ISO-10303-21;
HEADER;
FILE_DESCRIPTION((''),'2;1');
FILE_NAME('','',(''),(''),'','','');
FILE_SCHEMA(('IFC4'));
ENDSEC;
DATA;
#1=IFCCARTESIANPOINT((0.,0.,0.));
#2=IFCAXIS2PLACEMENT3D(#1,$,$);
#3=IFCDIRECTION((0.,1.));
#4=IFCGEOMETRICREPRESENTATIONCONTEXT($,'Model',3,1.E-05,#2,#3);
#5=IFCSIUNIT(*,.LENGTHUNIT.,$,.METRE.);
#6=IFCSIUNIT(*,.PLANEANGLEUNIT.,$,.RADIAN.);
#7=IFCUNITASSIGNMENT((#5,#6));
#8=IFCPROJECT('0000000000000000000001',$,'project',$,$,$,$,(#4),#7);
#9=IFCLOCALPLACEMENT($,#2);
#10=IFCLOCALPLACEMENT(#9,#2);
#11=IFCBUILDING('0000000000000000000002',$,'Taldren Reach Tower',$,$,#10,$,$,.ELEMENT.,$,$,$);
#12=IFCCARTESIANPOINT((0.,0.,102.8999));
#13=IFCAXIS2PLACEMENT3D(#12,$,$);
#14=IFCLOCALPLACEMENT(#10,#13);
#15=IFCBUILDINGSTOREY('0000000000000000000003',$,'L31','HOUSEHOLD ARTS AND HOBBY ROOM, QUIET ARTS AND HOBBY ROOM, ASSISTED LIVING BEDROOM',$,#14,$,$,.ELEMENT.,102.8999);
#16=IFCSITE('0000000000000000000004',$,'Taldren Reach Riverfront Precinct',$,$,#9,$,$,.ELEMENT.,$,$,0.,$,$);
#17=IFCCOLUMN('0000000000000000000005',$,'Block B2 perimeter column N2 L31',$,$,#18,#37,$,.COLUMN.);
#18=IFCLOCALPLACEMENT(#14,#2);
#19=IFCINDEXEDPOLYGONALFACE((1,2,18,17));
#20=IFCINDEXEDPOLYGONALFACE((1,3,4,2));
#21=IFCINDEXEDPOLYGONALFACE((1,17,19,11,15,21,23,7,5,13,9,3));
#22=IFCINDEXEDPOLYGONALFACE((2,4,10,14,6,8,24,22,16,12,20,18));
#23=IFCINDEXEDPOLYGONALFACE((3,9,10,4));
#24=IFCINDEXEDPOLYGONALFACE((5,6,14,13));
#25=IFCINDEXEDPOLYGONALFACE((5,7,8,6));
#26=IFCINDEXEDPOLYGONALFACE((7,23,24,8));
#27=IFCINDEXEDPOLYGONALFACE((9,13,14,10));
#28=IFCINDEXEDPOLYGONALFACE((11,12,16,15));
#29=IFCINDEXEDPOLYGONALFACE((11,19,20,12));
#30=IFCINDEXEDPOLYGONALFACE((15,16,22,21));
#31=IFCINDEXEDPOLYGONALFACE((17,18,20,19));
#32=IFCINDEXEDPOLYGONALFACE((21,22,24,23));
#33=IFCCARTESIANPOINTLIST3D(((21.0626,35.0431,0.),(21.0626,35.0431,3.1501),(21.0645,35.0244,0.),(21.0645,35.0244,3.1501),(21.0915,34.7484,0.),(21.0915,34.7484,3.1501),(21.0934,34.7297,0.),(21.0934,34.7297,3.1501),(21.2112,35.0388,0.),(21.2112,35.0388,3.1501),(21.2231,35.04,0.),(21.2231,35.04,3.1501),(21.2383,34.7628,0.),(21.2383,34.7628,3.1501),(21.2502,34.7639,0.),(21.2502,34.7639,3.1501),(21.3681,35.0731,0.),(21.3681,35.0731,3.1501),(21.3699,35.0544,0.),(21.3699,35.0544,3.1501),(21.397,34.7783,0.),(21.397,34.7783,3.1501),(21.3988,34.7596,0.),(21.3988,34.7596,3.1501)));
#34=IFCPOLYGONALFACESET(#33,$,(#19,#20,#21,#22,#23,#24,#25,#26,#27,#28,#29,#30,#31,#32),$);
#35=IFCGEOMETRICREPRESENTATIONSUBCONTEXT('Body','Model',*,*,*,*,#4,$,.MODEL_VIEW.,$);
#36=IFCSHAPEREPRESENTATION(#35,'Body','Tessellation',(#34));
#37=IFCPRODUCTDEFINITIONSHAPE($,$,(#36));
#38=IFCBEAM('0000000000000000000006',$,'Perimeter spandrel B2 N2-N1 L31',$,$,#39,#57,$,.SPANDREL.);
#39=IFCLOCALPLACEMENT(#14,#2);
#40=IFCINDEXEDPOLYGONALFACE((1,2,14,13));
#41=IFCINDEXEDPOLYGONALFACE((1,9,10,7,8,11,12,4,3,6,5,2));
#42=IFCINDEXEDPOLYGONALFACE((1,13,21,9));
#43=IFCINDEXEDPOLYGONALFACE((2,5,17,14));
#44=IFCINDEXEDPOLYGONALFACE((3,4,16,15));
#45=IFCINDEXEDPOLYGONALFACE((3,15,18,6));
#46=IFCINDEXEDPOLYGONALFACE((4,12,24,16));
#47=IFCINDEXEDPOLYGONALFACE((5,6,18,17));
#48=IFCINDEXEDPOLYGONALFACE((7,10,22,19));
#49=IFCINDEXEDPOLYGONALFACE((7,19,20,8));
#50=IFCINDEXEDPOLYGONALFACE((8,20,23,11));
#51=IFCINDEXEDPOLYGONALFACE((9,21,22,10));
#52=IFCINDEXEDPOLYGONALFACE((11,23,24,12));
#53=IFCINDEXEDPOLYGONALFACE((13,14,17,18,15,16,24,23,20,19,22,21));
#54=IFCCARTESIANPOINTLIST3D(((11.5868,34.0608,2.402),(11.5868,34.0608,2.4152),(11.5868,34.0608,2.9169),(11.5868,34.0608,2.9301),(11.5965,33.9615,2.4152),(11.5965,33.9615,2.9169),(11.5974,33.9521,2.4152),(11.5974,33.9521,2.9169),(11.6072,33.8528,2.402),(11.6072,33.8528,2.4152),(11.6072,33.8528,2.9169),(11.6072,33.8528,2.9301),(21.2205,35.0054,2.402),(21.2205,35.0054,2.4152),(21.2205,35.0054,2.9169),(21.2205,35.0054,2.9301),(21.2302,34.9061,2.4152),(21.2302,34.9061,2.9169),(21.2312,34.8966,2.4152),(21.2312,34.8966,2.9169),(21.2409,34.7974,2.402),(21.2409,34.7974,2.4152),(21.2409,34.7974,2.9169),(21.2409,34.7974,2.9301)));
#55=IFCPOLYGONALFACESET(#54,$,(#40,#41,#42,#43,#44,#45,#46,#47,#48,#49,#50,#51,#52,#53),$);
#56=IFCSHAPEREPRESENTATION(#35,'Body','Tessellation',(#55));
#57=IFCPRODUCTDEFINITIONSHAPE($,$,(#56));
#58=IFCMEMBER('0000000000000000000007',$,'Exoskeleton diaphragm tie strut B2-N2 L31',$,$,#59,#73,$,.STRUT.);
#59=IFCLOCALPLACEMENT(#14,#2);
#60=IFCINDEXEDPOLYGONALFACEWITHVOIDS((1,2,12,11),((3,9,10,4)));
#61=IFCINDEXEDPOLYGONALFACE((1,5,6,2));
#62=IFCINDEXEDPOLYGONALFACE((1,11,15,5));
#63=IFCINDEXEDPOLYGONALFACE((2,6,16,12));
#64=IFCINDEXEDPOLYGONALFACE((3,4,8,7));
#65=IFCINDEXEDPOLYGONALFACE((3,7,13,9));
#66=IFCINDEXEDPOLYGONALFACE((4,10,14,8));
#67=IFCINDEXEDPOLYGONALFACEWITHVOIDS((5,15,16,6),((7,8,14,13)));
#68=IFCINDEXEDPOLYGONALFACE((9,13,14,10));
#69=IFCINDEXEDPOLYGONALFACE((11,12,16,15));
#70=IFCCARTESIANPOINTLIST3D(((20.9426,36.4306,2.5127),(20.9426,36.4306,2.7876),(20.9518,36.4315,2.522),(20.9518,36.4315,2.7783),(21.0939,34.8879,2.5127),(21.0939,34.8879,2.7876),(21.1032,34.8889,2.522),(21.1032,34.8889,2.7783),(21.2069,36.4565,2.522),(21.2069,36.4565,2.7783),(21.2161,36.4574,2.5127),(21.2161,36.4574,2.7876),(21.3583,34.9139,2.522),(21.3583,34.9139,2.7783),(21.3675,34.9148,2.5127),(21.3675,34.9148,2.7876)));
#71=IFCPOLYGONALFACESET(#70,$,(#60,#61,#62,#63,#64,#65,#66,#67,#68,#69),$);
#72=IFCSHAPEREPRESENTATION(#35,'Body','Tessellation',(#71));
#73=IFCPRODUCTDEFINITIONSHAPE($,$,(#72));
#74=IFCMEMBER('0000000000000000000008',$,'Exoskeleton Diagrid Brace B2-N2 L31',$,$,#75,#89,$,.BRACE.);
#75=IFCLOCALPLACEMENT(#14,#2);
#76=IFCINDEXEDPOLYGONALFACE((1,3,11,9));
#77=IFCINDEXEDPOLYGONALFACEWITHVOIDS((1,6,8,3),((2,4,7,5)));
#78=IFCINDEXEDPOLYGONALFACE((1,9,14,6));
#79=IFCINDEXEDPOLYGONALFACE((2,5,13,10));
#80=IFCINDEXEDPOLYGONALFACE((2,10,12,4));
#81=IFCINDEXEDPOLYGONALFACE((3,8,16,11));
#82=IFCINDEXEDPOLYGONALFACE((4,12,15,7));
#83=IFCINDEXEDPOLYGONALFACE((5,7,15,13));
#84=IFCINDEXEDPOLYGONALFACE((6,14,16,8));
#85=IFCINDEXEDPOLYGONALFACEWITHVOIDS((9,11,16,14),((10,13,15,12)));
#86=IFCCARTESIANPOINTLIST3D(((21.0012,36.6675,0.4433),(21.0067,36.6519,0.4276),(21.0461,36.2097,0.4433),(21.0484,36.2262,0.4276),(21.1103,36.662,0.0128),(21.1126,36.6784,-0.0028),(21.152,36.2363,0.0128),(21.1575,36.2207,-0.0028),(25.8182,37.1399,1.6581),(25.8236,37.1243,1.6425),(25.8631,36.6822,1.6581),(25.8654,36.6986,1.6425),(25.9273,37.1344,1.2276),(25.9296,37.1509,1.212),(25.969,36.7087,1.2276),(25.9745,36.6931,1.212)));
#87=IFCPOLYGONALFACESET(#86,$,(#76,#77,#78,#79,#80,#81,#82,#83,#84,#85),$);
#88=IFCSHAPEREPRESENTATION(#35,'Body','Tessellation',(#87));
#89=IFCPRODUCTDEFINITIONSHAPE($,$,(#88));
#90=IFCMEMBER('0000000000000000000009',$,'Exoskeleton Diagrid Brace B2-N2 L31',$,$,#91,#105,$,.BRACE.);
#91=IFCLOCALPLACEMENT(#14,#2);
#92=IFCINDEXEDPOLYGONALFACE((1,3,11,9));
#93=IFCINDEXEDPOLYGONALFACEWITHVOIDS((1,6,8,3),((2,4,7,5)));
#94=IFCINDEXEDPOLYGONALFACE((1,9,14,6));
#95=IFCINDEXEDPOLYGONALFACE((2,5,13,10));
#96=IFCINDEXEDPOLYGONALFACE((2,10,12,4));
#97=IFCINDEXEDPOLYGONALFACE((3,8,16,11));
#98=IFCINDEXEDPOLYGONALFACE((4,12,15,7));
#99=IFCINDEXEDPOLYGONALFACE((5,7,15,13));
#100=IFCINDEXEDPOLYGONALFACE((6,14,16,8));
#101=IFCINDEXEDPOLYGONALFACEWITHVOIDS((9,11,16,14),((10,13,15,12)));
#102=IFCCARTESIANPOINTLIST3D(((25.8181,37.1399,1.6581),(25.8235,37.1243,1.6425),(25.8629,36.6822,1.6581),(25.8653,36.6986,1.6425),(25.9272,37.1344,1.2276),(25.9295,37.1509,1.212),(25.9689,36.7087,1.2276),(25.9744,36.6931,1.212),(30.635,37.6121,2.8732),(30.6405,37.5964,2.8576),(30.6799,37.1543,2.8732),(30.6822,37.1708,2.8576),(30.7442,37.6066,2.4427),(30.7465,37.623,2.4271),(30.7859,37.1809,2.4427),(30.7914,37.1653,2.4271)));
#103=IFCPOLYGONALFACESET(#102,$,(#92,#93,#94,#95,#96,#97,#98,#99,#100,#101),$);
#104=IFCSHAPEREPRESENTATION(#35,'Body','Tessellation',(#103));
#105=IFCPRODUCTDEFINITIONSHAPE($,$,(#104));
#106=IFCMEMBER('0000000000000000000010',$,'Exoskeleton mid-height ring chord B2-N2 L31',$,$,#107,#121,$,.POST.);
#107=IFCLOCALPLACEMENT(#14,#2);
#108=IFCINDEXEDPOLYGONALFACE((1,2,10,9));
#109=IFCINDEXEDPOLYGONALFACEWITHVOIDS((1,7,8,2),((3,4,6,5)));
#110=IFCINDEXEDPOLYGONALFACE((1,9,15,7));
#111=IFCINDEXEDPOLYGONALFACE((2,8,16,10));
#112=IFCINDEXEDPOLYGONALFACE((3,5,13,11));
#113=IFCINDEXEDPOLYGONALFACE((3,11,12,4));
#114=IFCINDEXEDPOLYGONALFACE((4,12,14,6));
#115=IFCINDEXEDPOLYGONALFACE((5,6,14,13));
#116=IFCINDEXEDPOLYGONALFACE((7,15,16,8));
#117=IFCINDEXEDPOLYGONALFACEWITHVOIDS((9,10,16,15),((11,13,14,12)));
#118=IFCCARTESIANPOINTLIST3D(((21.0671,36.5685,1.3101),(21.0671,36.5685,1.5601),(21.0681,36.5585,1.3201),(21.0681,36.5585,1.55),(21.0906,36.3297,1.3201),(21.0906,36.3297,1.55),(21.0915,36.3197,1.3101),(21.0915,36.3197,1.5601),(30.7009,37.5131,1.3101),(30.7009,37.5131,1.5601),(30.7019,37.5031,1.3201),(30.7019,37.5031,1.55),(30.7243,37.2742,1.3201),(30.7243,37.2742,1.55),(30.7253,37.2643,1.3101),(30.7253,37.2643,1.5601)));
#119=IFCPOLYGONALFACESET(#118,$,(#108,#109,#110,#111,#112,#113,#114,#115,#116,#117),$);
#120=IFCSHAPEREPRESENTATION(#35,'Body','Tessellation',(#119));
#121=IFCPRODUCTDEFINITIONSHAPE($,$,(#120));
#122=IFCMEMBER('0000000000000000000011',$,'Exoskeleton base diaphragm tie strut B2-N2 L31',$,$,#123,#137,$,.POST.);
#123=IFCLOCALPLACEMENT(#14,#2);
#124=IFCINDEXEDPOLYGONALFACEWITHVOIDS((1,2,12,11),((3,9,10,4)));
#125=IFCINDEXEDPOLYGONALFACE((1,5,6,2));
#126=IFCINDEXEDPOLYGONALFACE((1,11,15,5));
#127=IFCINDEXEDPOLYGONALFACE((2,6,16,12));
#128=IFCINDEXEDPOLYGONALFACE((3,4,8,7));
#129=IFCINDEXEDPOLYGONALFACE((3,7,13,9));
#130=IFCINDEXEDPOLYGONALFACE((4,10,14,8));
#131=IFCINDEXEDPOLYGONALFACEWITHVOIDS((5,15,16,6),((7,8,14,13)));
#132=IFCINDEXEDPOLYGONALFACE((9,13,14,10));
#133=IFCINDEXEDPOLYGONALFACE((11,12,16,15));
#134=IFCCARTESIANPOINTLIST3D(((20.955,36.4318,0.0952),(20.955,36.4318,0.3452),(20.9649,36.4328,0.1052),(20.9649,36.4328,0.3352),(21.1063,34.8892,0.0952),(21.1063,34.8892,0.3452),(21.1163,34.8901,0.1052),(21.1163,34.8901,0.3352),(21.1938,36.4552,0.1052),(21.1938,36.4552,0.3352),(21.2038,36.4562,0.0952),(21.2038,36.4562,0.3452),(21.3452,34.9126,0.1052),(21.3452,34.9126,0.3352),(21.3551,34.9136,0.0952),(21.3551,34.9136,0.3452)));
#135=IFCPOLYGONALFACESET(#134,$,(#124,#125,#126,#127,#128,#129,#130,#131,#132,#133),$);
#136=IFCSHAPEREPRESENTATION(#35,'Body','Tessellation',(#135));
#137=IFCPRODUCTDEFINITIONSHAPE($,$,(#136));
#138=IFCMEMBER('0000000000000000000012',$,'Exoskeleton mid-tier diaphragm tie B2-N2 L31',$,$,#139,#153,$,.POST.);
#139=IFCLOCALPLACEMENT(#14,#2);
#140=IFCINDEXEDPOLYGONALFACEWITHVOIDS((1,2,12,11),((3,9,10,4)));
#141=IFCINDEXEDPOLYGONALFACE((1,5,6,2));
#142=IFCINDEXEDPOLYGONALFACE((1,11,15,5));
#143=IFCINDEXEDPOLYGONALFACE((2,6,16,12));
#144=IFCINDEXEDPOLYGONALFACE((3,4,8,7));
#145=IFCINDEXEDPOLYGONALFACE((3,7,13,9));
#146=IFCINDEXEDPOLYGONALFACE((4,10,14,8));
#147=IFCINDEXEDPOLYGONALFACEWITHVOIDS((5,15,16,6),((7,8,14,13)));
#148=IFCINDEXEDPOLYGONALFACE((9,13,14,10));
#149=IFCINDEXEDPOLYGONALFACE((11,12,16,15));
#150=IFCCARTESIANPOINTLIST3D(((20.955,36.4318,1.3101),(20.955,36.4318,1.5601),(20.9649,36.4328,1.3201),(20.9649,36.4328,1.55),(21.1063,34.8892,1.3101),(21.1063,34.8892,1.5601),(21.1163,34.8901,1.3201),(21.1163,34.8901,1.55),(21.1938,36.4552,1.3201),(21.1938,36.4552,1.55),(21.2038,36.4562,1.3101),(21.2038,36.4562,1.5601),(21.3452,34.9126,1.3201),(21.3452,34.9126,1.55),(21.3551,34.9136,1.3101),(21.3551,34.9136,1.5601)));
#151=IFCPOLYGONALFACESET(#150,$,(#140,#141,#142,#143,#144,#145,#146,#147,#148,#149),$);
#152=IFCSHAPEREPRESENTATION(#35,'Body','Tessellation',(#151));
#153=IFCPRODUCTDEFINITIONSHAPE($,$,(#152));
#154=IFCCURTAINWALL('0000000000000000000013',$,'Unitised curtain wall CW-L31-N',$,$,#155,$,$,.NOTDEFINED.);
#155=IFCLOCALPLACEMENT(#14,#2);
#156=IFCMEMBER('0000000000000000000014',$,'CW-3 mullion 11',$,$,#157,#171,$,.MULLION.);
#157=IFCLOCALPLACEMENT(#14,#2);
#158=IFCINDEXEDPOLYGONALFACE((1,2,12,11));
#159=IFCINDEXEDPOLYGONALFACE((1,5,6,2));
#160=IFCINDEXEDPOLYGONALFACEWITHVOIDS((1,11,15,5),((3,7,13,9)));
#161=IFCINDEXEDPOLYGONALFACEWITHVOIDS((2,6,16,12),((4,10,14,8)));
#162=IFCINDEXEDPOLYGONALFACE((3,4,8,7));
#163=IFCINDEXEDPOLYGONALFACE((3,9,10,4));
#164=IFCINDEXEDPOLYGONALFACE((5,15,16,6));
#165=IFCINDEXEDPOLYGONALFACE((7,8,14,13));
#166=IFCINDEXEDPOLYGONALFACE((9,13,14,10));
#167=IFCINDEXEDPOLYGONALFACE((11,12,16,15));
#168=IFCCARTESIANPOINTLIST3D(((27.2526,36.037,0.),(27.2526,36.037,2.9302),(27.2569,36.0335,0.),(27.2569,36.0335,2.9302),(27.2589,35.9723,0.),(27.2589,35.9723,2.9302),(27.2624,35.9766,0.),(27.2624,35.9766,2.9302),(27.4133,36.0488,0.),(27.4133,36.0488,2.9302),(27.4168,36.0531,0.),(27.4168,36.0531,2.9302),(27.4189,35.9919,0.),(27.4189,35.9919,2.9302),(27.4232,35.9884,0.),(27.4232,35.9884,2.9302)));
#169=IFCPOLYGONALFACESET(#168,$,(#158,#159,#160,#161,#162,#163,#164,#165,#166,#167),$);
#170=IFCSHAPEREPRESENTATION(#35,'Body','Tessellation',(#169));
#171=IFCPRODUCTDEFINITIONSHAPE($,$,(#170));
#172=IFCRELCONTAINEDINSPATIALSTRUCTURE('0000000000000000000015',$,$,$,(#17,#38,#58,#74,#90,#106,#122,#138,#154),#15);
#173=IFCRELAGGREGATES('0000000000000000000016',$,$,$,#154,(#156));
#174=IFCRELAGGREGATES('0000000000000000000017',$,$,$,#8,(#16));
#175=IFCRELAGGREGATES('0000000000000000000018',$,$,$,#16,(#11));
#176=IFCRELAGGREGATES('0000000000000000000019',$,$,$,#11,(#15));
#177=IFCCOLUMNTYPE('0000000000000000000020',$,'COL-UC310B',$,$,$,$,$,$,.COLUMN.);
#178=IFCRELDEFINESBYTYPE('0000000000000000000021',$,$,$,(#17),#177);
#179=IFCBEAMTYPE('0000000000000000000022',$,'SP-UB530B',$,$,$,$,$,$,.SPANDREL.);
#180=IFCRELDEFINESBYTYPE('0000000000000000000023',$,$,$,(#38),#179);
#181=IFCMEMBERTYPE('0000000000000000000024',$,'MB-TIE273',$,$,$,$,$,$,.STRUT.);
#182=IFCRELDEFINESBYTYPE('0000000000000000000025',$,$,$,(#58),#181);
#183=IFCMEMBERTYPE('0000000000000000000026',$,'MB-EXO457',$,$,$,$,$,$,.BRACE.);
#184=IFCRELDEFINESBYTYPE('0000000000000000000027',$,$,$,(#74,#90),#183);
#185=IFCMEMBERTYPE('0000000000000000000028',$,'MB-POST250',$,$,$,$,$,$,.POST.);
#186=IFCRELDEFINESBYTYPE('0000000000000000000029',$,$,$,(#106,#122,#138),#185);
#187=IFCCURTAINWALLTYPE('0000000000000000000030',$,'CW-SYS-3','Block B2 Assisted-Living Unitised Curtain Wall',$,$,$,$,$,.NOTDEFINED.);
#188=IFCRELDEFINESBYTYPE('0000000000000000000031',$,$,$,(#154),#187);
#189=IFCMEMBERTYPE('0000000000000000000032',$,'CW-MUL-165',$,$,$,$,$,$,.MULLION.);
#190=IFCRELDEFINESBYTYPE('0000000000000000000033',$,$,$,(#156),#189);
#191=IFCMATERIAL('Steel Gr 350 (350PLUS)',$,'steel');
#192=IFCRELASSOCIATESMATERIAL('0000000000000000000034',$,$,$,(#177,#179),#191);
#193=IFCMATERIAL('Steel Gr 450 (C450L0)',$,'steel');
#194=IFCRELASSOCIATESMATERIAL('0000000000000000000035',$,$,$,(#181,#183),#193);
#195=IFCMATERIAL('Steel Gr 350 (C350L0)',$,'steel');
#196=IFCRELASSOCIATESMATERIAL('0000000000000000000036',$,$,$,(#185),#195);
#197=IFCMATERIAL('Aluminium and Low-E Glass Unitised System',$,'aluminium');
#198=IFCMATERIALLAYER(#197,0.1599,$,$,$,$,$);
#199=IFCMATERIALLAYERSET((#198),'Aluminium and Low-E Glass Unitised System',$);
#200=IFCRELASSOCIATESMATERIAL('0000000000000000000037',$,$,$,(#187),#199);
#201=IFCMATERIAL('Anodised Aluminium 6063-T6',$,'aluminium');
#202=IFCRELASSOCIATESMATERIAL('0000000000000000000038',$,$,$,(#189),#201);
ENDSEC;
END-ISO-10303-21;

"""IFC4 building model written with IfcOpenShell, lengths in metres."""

from ifc_helpers import new_model, si_unit, direction, frame, origin, origin_2d, place, context, subcontext, project, spatial, hollow_rectangle, i_section, extrude, source, transform, mapped, material, layer, layer_set, material_profile, profile_set, type_object, element, aggregate, save


model = new_model("IFC4")

# Units and contexts
model_context = context("Model", 3, precision=1e-05, world=origin(), true_north=direction((0.0, 1.0)))
body_context = subcontext(model_context, "Body", "Model", "MODEL_VIEW")
ifc_project = project(units=[si_unit("LENGTHUNIT", "METRE"), si_unit("PLANEANGLEUNIT", "RADIAN")], contexts=[model_context])

# Site, building, storey
site_placement = place(None, origin())
site = spatial("IfcSite", under=ifc_project, at=site_placement, Name="Taldren Reach Riverfront Precinct", CompositionType="ELEMENT", RefElevation=0.0)
building_placement = place(site_placement, origin())
building = spatial("IfcBuilding", under=site, at=building_placement, Name="Taldren Reach Tower", CompositionType="ELEMENT")
storey_placement = place(building_placement, frame((0.0, 0.0, 102.8999)))
storey = spatial("IfcBuildingStorey", under=building, at=storey_placement, Name="L31", Description="HOUSEHOLD ARTS AND HOBBY ROOM, QUIET ARTS AND HOBBY ROOM, ASSISTED LIVING BEDROOM", CompositionType="ELEMENT", Elevation=102.8999)

# Column
ifc_material_1 = material(Name="Steel Gr 350 (350PLUS)", Category="steel")
ifc_material_profile_1 = material_profile(ifc_material_1, i_section(OverallWidth=0.3069, OverallDepth=0.3149, WebThickness=0.012, FlangeThickness=0.0188, at=origin_2d()), Name="310UC118")
ifc_profile_set_1 = profile_set([ifc_material_profile_1], Name="Steel Gr 350 (350PLUS)")
column_type = type_object("IfcColumnType", Name="COL-UC310B", PredefinedType="COLUMN", material=ifc_profile_set_1)
shared_shape_1 = source(origin(), body_context, "Body", "SweptSolid", [
    extrude(i_section(OverallWidth=0.3069, OverallDepth=0.3149, WebThickness=0.012, FlangeThickness=0.0188, at=origin_2d()), origin(), (0.0, 0.0, 1.0), 3.1501),
])
column_placement = place(storey_placement, frame((21.2307, 34.9014, 0.0), z_axis=(0.0, 0.0, 1.0), x_axis=(0.995227, 0.097583, 0.0)))
element("IfcColumn", 1, at=column_placement, inside=storey, type_object=column_type, Name="Block B2 perimeter column N2 L31", PredefinedType="COLUMN", context=body_context, shape_type="MappedRepresentation", body=[
    mapped(shared_shape_1, transform((0.0, 0.0, 0.0), scale=1.0)),
])

# Beam
ifc_material_profile_2 = material_profile(ifc_material_1, i_section(OverallWidth=0.209, OverallDepth=0.5281, WebThickness=0.0095, FlangeThickness=0.0132, at=origin_2d()), Name="530UB82.0")
ifc_profile_set_2 = profile_set([ifc_material_profile_2], Name="Steel Gr 350 (350PLUS)")
beam_type = type_object("IfcBeamType", Name="SP-UB530B", PredefinedType="SPANDREL", material=ifc_profile_set_2)
shared_shape_2 = source(origin(), body_context, "Body", "SweptSolid", [
    extrude(i_section(OverallWidth=0.209, OverallDepth=0.5281, WebThickness=0.0095, FlangeThickness=0.0132, at=origin_2d()), origin(), (0.0, 0.0, 1.0), 9.6799),
])
beam_placement = place(storey_placement, frame((21.2307, 34.9014, 2.666), z_axis=(-0.995228, -0.097581, 0.0), x_axis=(0.097581, -0.995228, 0.0)))
element("IfcBeam", 2, at=beam_placement, inside=storey, type_object=beam_type, Name="Perimeter spandrel B2 N2-N1 L31", PredefinedType="SPANDREL", context=body_context, shape_type="MappedRepresentation", body=[
    mapped(shared_shape_2, transform((0.0, 0.0, 0.0), scale=1.0)),
])

# Members
ifc_material_2 = material(Name="Steel Gr 450 (C450L0)", Category="steel")
ifc_material_profile_3 = material_profile(ifc_material_2, hollow_rectangle(XDim=0.2749, YDim=0.2749, WallThickness=0.0093, at=origin_2d()), Name="275x275x9.3SHS")
ifc_profile_set_3 = profile_set([ifc_material_profile_3], Name="Steel Gr 450 (C450L0)")
member_type_1 = type_object("IfcMemberType", Name="MB-TIE273", PredefinedType="STRUT", material=ifc_profile_set_3)
shared_shape_3 = source(origin(), body_context, "Body", "SweptSolid", [
    extrude(hollow_rectangle(XDim=0.2749, YDim=0.2749, WallThickness=0.0093, at=origin_2d()), origin(), (0.0, 0.0, 1.0), 1.55),
])
member_1_placement = place(storey_placement, frame((21.2307, 34.9014, 2.6501), z_axis=(-0.097648, 0.995221, 0.0), x_axis=(-0.995221, -0.097648, 0.0)))
element("IfcMember", 3, at=member_1_placement, inside=storey, type_object=member_type_1, Name="Exoskeleton diaphragm tie strut B2-N2 L31", PredefinedType="STRUT", context=body_context, shape_type="MappedRepresentation", body=[
    mapped(shared_shape_3, transform((0.0, 0.0, 0.0), scale=1.0)),
])
ifc_material_profile_4 = material_profile(ifc_material_2, hollow_rectangle(XDim=0.46, YDim=0.46, WallThickness=0.0161, at=origin_2d()), Name="460x460x16.0SHS")
ifc_profile_set_4 = profile_set([ifc_material_profile_4], Name="Steel Gr 450 (C450L0)")
member_type_2 = type_object("IfcMemberType", Name="MB-EXO457", PredefinedType="BRACE", material=ifc_profile_set_4)
shared_shape_4 = source(origin(), body_context, "Body", "SweptSolid", [
    extrude(hollow_rectangle(XDim=0.46, YDim=0.46, WallThickness=0.0161, at=origin_2d()), origin(), (0.0, 0.0, 1.0), 4.9902),
])
for number, where, z_axis, x_axis, name in (
    (4, (21.0793, 36.4441, 0.2202), (0.965283, 0.094669, 0.243449), (-0.097606, 0.995225, 0.0), "Exoskeleton Diagrid Brace B2-N2 L31"),
    (5, (25.8962, 36.9165, 1.4351), (0.965276, 0.09462, 0.243496), (-0.097556, 0.99523, 0.0), "Exoskeleton Diagrid Brace B2-N2 L31"),
):
    element("IfcMember", number, at=place(storey_placement, frame(where, z_axis=z_axis, x_axis=x_axis)), inside=storey, type_object=member_type_2, Name=name, PredefinedType="BRACE", context=body_context, shape_type="MappedRepresentation", body=[
        mapped(shared_shape_4, transform((0.0, 0.0, 0.0), scale=1.0)),
    ])
ifc_material_3 = material(Name="Steel Gr 350 (C350L0)", Category="steel")
ifc_material_profile_5 = material_profile(ifc_material_3, hollow_rectangle(XDim=0.25, YDim=0.25, WallThickness=0.01, at=origin_2d()), Name="250x250x10.0SHS")
ifc_profile_set_5 = profile_set([ifc_material_profile_5], Name="Steel Gr 350 (C350L0)")
member_type_3 = type_object("IfcMemberType", Name="MB-POST250", PredefinedType="POST", material=ifc_profile_set_5)
shared_shape_5 = source(origin(), body_context, "Body", "SweptSolid", [
    extrude(hollow_rectangle(XDim=0.25, YDim=0.25, WallThickness=0.01, at=origin_2d()), origin(), (0.0, 0.0, 1.0), 9.6799),
])
member_2_placement = place(storey_placement, frame((21.0793, 36.4441, 1.4351), z_axis=(0.995228, 0.097581, 0.0), x_axis=(-0.097581, 0.995228, 0.0)))
element("IfcMember", 6, at=member_2_placement, inside=storey, type_object=member_type_3, Name="Exoskeleton mid-height ring chord B2-N2 L31", PredefinedType="POST", context=body_context, shape_type="MappedRepresentation", body=[
    mapped(shared_shape_5, transform((0.0, 0.0, 0.0), scale=1.0)),
])
shared_shape_6 = source(origin(), body_context, "Body", "SweptSolid", [
    extrude(hollow_rectangle(XDim=0.25, YDim=0.25, WallThickness=0.01, at=origin_2d()), origin(), (0.0, 0.0, 1.0), 1.55),
])
for number, where, z_axis, x_axis, name in (
    (7, (21.2307, 34.9014, 0.2202), (-0.097648, 0.995221, 0.0), (-0.995221, -0.097648, 0.0), "Exoskeleton base diaphragm tie strut B2-N2 L31"),
    (8, (21.2307, 34.9014, 1.4351), (-0.097648, 0.995221, 0.0), (-0.995221, -0.097648, 0.0), "Exoskeleton mid-tier diaphragm tie B2-N2 L31"),
):
    element("IfcMember", number, at=place(storey_placement, frame(where, z_axis=z_axis, x_axis=x_axis)), inside=storey, type_object=member_type_3, Name=name, PredefinedType="POST", context=body_context, shape_type="MappedRepresentation", body=[
        mapped(shared_shape_6, transform((0.0, 0.0, 0.0), scale=1.0)),
    ])

# Curtain wall, member
ifc_material_4 = material(Name="Aluminium and Low-E Glass Unitised System", Category="aluminium")
ifc_layer_1 = layer(ifc_material_4, 0.1599)
ifc_layer_set_1 = layer_set([ifc_layer_1], Name="Aluminium and Low-E Glass Unitised System")
curtain_wall_type = type_object("IfcCurtainWallType", Name="CW-SYS-3", Description="Block B2 Assisted-Living Unitised Curtain Wall", PredefinedType="NOTDEFINED", material=ifc_layer_set_1)
curtain_wall_placement = place(storey_placement, origin())
curtain_wall = element("IfcCurtainWall", 9, at=curtain_wall_placement, inside=storey, type_object=curtain_wall_type, Name="Unitised curtain wall CW-L31-N", PredefinedType="NOTDEFINED")
ifc_material_5 = material(Name="Anodised Aluminium 6063-T6", Category="aluminium")
ifc_material_profile_6 = material_profile(ifc_material_5, hollow_rectangle(XDim=0.0649, YDim=0.165, WallThickness=0.0039, at=origin_2d()), Name="ALU-165x65x4RHS")
ifc_profile_set_6 = profile_set([ifc_material_profile_6], Name="Anodised Aluminium 6063-T6")
member_type_4 = type_object("IfcMemberType", Name="CW-MUL-165", PredefinedType="MULLION", material=ifc_profile_set_6)
shared_shape_7 = source(origin(), body_context, "Body", "SweptSolid", [
    extrude(hollow_rectangle(XDim=0.0649, YDim=0.165, WallThickness=0.0039, at=origin_2d()), origin(), (0.0, 0.0, 1.0), 2.9302),
])
member_3_placement = place(storey_placement, frame((27.3379, 36.0127, 0.0), z_axis=(0.0, 0.0, 1.0), x_axis=(0.097583, -0.995227, 0.0)))
member_3 = element("IfcMember", 10, at=member_3_placement, type_object=member_type_4, Name="CW-3 mullion 11", PredefinedType="MULLION", context=body_context, shape_type="MappedRepresentation", body=[
    mapped(shared_shape_7, transform((0.0, 0.0, 0.0), scale=1.0)),
])
aggregate(curtain_wall, [member_3])

save(model, "model.ifc")
